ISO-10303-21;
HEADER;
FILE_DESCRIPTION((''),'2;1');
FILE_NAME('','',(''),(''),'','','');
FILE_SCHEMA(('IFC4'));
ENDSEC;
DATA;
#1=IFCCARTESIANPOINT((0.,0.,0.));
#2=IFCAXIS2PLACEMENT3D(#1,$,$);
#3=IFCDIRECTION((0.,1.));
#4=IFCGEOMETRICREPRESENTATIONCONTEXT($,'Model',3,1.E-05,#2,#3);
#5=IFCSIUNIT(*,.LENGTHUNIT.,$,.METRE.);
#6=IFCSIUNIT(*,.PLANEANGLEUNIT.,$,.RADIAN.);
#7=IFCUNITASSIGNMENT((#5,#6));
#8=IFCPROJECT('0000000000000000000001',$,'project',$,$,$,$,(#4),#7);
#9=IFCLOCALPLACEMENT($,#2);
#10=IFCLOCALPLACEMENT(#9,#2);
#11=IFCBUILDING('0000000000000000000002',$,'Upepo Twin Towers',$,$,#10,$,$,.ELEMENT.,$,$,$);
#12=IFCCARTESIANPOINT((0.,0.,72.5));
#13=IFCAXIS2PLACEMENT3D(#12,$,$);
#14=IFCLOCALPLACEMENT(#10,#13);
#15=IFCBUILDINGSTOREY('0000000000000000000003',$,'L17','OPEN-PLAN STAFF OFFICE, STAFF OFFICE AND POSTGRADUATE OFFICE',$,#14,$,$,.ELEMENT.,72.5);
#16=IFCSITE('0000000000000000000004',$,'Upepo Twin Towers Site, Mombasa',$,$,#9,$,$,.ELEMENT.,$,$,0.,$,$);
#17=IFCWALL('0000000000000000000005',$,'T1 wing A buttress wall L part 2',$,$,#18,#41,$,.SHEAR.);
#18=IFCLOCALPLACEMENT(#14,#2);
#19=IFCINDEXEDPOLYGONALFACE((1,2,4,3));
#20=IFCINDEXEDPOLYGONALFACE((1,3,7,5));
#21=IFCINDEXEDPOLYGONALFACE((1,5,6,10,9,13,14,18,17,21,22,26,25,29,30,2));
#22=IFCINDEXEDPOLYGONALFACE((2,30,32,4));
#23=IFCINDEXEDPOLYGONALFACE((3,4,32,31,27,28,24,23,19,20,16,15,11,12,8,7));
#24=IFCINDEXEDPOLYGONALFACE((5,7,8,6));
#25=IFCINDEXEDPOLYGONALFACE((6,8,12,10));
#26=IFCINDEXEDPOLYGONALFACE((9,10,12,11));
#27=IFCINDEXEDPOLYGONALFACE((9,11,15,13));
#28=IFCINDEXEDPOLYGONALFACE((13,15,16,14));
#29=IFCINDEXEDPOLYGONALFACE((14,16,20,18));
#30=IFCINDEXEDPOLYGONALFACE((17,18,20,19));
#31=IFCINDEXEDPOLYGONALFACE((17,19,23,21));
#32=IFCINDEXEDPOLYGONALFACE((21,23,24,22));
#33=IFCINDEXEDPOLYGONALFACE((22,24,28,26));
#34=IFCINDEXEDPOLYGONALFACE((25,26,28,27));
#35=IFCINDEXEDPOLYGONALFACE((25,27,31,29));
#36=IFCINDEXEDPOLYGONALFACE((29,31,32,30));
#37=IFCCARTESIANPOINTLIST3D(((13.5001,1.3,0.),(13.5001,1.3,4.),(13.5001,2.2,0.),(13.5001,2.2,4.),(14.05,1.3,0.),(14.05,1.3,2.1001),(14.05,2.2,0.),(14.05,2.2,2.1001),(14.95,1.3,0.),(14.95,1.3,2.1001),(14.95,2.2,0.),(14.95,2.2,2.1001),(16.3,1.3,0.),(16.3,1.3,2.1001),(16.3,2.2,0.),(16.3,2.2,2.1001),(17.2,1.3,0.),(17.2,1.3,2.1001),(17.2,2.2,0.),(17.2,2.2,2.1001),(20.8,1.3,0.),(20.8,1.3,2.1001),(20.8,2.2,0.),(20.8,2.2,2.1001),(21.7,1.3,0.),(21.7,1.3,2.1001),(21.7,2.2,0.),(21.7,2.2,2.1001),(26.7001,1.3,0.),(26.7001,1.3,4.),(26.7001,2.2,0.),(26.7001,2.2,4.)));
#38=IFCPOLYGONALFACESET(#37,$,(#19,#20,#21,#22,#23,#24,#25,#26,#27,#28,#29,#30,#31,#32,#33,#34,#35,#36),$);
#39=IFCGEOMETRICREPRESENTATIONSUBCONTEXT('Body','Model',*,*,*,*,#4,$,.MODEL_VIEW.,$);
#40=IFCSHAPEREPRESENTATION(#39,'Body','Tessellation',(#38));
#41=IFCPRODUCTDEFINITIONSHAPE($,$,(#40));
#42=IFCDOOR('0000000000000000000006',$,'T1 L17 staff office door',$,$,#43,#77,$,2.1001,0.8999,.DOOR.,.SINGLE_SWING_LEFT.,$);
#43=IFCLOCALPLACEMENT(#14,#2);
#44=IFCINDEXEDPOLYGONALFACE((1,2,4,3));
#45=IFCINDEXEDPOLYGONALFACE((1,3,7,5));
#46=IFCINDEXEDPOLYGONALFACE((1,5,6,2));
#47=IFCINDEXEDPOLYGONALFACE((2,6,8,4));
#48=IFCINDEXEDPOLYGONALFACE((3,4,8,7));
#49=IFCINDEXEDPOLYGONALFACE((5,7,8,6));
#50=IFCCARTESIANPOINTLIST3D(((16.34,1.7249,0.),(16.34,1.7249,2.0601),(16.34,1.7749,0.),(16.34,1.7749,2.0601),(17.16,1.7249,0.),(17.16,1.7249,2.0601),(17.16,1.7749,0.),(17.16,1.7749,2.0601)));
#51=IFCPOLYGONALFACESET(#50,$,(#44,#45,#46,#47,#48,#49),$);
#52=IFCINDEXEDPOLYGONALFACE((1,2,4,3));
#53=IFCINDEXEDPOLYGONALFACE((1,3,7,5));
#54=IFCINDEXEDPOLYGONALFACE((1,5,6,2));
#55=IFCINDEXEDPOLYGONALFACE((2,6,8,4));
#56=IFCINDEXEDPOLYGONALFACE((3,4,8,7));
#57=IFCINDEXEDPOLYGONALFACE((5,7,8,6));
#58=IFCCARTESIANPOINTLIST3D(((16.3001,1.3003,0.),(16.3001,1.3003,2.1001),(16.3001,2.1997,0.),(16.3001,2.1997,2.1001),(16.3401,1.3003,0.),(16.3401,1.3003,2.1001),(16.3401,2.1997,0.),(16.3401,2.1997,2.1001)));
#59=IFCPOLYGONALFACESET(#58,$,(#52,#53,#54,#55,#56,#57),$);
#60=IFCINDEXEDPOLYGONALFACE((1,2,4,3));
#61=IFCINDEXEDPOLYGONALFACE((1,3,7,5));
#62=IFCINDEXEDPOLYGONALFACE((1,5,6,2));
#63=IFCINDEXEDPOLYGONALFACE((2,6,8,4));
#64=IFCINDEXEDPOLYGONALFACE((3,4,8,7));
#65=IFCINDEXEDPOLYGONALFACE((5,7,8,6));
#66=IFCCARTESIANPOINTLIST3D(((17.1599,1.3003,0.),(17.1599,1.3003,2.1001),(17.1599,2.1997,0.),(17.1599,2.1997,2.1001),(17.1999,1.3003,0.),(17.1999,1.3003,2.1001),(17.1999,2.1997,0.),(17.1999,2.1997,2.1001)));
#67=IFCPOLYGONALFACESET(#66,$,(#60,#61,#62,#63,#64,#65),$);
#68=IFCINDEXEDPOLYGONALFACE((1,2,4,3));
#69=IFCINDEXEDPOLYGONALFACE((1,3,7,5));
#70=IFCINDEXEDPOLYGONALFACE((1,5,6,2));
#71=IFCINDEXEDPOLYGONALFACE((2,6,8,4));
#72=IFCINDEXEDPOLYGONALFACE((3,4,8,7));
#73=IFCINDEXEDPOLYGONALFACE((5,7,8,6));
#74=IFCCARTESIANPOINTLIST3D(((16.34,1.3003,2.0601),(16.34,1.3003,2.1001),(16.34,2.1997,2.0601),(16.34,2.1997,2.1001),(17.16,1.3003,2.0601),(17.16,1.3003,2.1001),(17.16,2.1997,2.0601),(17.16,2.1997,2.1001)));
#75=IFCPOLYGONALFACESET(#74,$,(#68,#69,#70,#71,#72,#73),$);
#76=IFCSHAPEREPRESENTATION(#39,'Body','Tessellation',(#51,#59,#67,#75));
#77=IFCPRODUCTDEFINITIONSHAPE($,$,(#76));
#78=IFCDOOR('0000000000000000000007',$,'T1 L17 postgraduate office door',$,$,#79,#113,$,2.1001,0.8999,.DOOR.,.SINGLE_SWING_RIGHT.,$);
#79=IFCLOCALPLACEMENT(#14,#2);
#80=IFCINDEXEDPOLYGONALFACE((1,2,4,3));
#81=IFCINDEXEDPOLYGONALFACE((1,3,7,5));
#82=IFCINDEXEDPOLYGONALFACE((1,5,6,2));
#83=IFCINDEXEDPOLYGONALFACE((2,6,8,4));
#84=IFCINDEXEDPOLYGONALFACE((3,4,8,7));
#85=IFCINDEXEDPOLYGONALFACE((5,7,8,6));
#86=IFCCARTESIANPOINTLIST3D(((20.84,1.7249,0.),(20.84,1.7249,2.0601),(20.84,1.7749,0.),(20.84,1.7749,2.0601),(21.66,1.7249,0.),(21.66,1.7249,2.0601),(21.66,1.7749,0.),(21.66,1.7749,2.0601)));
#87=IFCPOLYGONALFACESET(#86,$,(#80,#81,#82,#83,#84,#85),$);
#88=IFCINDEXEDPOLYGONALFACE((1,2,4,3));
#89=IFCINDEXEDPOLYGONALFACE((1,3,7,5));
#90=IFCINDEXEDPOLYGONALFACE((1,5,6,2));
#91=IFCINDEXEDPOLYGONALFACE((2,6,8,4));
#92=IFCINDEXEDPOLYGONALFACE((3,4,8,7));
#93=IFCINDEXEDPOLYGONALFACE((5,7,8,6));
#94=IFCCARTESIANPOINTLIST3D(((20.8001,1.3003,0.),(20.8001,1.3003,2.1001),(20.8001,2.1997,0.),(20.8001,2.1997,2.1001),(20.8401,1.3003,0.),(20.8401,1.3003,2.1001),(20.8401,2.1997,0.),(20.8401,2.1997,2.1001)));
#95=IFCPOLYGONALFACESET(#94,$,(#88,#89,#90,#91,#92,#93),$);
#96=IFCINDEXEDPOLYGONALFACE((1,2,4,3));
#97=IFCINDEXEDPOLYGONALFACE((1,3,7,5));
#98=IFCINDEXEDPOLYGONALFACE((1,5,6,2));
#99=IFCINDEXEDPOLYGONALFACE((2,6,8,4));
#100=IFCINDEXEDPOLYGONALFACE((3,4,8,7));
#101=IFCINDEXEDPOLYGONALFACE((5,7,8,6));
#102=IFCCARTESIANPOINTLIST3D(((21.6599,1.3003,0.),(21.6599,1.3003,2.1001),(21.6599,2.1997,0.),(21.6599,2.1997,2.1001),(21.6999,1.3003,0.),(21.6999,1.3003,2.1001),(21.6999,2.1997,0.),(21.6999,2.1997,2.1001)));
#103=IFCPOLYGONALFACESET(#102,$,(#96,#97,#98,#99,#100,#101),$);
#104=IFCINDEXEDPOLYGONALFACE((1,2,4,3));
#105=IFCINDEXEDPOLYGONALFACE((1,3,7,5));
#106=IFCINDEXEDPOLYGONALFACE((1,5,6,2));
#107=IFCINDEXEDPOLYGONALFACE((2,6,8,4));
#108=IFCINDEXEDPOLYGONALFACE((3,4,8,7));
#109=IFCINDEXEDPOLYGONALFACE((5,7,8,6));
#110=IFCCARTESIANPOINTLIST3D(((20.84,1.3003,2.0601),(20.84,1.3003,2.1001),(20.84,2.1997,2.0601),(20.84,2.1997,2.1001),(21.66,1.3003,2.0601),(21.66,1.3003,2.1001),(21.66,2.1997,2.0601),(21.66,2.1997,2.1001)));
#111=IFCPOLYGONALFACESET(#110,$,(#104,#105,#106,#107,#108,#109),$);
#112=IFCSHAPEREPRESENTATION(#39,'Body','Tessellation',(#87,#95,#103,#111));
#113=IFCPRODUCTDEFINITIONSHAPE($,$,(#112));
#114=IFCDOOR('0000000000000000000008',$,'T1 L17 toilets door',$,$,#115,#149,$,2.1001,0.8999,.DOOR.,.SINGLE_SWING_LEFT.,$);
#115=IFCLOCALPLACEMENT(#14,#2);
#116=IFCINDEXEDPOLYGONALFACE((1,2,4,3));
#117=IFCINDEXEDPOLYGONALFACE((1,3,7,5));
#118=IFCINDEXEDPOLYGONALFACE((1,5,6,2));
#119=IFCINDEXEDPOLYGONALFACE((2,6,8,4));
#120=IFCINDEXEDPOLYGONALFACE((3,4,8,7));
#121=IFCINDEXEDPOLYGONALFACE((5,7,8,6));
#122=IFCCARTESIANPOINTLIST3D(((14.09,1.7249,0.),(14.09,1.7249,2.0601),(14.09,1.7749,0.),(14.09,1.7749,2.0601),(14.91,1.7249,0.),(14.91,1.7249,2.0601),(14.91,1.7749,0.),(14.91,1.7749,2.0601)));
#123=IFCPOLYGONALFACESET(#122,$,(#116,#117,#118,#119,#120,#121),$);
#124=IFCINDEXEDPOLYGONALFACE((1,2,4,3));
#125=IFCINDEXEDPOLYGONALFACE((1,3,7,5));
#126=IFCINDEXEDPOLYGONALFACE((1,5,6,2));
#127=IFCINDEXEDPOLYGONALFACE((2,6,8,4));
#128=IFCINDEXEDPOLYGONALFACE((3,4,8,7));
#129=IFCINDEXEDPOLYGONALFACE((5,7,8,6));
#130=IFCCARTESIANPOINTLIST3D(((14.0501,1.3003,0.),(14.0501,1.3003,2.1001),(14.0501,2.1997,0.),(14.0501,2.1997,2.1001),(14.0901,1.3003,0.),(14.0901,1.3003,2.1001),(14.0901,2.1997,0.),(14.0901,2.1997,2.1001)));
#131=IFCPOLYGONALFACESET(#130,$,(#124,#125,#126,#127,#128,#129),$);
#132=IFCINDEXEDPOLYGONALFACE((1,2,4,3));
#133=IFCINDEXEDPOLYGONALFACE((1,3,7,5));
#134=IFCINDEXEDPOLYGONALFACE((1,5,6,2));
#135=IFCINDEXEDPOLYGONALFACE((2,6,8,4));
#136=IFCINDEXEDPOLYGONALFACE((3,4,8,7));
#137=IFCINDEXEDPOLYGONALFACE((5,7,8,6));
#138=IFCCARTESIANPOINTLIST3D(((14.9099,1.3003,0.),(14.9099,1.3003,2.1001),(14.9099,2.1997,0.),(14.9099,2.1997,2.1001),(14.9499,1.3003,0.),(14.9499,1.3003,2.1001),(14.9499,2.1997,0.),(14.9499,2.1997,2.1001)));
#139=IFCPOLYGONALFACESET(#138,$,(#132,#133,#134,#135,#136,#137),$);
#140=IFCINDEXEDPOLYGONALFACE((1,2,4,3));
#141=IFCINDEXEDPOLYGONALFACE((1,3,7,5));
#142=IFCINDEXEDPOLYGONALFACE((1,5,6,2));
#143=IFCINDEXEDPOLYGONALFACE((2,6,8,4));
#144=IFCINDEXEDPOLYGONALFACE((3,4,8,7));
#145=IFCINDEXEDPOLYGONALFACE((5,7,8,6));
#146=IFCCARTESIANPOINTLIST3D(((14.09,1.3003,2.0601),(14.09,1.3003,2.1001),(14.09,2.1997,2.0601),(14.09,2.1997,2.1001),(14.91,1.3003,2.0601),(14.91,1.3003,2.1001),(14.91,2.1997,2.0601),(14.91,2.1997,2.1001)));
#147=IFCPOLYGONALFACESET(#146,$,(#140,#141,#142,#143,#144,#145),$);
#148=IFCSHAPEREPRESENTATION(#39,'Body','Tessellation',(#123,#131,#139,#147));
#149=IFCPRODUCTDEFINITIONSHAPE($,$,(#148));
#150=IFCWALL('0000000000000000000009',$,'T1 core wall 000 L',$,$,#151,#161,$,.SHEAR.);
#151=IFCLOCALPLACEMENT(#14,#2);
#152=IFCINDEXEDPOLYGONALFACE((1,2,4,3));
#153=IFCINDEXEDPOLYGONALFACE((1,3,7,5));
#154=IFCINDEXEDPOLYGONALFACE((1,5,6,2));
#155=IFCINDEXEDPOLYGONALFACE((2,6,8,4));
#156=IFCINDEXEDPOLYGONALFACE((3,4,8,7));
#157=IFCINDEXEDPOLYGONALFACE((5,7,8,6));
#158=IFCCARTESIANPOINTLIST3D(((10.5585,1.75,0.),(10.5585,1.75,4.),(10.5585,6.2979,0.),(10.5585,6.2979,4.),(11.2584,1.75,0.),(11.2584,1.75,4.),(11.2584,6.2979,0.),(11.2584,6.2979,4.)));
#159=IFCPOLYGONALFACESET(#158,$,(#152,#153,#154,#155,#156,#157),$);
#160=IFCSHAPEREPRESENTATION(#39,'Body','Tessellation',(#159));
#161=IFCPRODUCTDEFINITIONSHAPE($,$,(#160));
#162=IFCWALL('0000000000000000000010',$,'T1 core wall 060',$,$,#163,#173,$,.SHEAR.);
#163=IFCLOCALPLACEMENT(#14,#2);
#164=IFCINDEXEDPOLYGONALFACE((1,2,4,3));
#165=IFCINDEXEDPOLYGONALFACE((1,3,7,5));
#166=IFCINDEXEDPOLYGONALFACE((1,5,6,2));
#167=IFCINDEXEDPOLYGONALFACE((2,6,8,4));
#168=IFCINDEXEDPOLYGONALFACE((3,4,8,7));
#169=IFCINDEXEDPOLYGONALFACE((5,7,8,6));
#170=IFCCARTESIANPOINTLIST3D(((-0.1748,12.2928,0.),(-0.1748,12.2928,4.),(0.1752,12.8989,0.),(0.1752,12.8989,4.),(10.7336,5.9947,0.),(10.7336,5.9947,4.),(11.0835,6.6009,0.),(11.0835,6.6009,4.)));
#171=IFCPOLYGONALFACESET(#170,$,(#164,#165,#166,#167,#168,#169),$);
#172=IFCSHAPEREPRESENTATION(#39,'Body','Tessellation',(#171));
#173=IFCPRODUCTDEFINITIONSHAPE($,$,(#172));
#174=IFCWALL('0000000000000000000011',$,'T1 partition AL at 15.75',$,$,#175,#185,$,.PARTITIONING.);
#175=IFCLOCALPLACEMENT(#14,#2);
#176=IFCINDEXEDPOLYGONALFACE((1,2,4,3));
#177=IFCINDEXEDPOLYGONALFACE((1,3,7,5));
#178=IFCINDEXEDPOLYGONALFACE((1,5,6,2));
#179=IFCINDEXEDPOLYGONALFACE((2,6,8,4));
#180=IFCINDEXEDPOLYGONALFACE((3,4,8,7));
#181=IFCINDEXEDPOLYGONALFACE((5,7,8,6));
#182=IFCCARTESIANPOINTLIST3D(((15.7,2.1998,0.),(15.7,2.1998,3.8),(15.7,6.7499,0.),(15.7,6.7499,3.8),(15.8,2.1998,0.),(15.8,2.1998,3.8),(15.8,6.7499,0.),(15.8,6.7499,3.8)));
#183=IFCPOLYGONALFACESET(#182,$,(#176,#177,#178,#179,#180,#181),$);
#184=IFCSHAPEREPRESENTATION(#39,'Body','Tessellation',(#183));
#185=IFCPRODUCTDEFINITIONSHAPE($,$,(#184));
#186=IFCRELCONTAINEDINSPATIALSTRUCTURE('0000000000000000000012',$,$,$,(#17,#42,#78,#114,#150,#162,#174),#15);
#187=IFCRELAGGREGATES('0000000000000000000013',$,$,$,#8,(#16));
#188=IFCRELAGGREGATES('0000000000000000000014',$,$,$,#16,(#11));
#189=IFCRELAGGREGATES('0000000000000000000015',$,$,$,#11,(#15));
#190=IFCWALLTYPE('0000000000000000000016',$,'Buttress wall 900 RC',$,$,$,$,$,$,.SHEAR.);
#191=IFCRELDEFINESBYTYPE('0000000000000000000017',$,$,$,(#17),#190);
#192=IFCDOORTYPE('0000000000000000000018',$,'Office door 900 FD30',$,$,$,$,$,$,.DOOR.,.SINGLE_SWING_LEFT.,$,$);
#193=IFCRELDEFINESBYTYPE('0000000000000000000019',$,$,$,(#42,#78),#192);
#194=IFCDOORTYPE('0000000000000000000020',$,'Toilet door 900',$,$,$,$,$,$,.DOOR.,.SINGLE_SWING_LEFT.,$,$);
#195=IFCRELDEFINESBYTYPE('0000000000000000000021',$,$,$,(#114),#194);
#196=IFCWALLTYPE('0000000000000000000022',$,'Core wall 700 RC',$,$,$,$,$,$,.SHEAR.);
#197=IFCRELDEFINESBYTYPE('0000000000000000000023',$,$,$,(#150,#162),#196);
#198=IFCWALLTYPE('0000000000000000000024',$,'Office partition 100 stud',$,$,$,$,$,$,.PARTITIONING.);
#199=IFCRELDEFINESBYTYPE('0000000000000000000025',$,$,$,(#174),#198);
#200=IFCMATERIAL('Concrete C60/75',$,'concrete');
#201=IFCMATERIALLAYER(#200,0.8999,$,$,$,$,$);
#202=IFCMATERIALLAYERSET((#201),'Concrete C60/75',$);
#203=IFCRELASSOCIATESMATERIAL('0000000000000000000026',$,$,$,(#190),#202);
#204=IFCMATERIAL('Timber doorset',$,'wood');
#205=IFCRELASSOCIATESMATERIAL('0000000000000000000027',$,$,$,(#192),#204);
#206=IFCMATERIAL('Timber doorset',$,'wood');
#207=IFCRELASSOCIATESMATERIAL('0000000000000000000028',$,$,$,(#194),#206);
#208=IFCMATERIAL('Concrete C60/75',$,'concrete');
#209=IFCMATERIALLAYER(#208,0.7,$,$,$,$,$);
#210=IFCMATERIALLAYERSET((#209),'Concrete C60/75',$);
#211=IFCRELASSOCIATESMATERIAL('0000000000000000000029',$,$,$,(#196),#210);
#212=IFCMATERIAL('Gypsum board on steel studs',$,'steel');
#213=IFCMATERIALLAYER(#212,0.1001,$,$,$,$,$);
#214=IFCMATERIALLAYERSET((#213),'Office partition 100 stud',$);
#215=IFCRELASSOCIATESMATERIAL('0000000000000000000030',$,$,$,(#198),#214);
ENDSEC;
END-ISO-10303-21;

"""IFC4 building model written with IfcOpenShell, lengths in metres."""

from ifc_helpers import new_model, si_unit, direction, frame, frame_2d, origin, place, context, subcontext, project, spatial, rectangle, extrude, material, layer, layer_set, type_object, element, fill, save


model = new_model("IFC4")

# Units and contexts
model_context = context("Model", 3, precision=1e-05, world=origin(), true_north=direction((0.0, 1.0)))
body_context = subcontext(model_context, "Body", "Model", "MODEL_VIEW")
ifc_project = project(units=[si_unit("LENGTHUNIT", "METRE"), si_unit("PLANEANGLEUNIT", "RADIAN")], contexts=[model_context])

# Site, building, storey
site_placement = place(None, origin())
site = spatial("IfcSite", under=ifc_project, at=site_placement, Name="Upepo Twin Towers Site, Mombasa", CompositionType="ELEMENT", RefElevation=0.0)
building_placement = place(site_placement, origin())
building = spatial("IfcBuilding", under=site, at=building_placement, Name="Upepo Twin Towers", CompositionType="ELEMENT")
storey_placement = place(building_placement, frame((0.0, 0.0, 72.5)))
storey = spatial("IfcBuildingStorey", under=building, at=storey_placement, Name="L17", Description="OPEN-PLAN STAFF OFFICE, STAFF OFFICE AND POSTGRADUATE OFFICE", CompositionType="ELEMENT", Elevation=72.5)

# Wall, openings, doors
ifc_material_1 = material(Name="Concrete C60/75", Category="concrete")
ifc_layer_1 = layer(ifc_material_1, 0.8999)
ifc_layer_set_1 = layer_set([ifc_layer_1], Name="Concrete C60/75")
wall_type_1 = type_object("IfcWallType", Name="Buttress wall 900 RC", PredefinedType="SHEAR", material=ifc_layer_set_1)
wall_1_placement = place(storey_placement, frame((13.5, 1.75, 0.0), z_axis=(0.0, 0.0, 1.0), x_axis=(1.0, 0.0, 0.0)))
wall_1 = element("IfcWall", 1, at=wall_1_placement, inside=storey, type_object=wall_type_1, Name="T1 wing A buttress wall L part 2", PredefinedType="SHEAR", context=body_context, shape_type="SweptSolid", body=[
    extrude(rectangle(XDim=13.2, YDim=0.8999, at=frame_2d((6.6001, 0.0))), origin(), (0.0, 0.0, 1.0), 4.0),
])
opening_1_placement = place(wall_1_placement, frame((0.55, 0.0, 0.0)))
opening_1 = element("IfcOpeningElement", 2, at=opening_1_placement, cuts=wall_1, PredefinedType="OPENING", context=body_context, shape_type="SweptSolid", body=[
    extrude(rectangle(XDim=0.8999, YDim=2.1001, at=frame_2d((0.45, 1.05))), frame((0.0, 0.46, 0.0), z_axis=(0.0, -1.0, 0.0), x_axis=(1.0, 0.0, 0.0)), (0.0, 0.0, 1.0), 0.9199),
])
opening_2_placement = place(wall_1_placement, frame((2.8, 0.0, 0.0)))
opening_2 = element("IfcOpeningElement", 3, at=opening_2_placement, cuts=wall_1, PredefinedType="OPENING", context=body_context, shape_type="SweptSolid", body=[
    extrude(rectangle(XDim=0.8999, YDim=2.1001, at=frame_2d((0.45, 1.05))), frame((0.0, 0.46, 0.0), z_axis=(0.0, -1.0, 0.0), x_axis=(1.0, 0.0, 0.0)), (0.0, 0.0, 1.0), 0.9199),
])
opening_3_placement = place(wall_1_placement, frame((7.3, 0.0, 0.0)))
opening_3 = element("IfcOpeningElement", 4, at=opening_3_placement, cuts=wall_1, PredefinedType="OPENING", context=body_context, shape_type="SweptSolid", body=[
    extrude(rectangle(XDim=0.8999, YDim=2.1001, at=frame_2d((0.45, 1.05))), frame((0.0, 0.46, 0.0), z_axis=(0.0, -1.0, 0.0), x_axis=(1.0, 0.0, 0.0)), (0.0, 0.0, 1.0), 0.9199),
])
ifc_material_2 = material(Name="Timber doorset", Category="wood")
door_type_1 = type_object("IfcDoorType", Name="Office door 900 FD30", OperationType="SINGLE_SWING_LEFT", PredefinedType="DOOR", material=ifc_material_2)
door_1_placement = place(opening_2_placement, origin())
door_1 = element("IfcDoor", 5, at=door_1_placement, inside=storey, type_object=door_type_1, Name="T1 L17 staff office door", OperationType="SINGLE_SWING_LEFT", OverallHeight=2.1001, OverallWidth=0.8999, PredefinedType="DOOR", context=body_context, shape_type="SweptSolid", body=[
    extrude(rectangle(XDim=0.8199, YDim=2.0601, at=frame_2d((0.45, 1.03))), frame((0.0, 0.0249, 0.0), z_axis=(0.0, -1.0, 0.0), x_axis=(1.0, 0.0, 0.0)), (0.0, 0.0, 1.0), 0.05),
    extrude(rectangle(XDim=0.04, YDim=2.1001, at=frame_2d((0.02, 1.05))), frame((0.0, 0.4497, 0.0), z_axis=(0.0, -1.0, 0.0), x_axis=(1.0, 0.0, 0.0)), (0.0, 0.0, 1.0), 0.8994),
    extrude(rectangle(XDim=0.04, YDim=2.1001, at=frame_2d((0.8799, 1.05))), frame((0.0, 0.4497, 0.0), z_axis=(0.0, -1.0, 0.0), x_axis=(1.0, 0.0, 0.0)), (0.0, 0.0, 1.0), 0.8994),
    extrude(rectangle(XDim=0.8199, YDim=0.04, at=frame_2d((0.45, 2.0801))), frame((0.0, 0.4497, 0.0), z_axis=(0.0, -1.0, 0.0), x_axis=(1.0, 0.0, 0.0)), (0.0, 0.0, 1.0), 0.8994),
])
fill(opening_2, door_1)
door_2_placement = place(opening_3_placement, origin())
door_2 = element("IfcDoor", 6, at=door_2_placement, inside=storey, type_object=door_type_1, Name="T1 L17 postgraduate office door", OperationType="SINGLE_SWING_RIGHT", OverallHeight=2.1001, OverallWidth=0.8999, PredefinedType="DOOR", context=body_context, shape_type="SweptSolid", body=[
    extrude(rectangle(XDim=0.8199, YDim=2.0601, at=frame_2d((0.45, 1.03))), frame((0.0, 0.0249, 0.0), z_axis=(0.0, -1.0, 0.0), x_axis=(1.0, 0.0, 0.0)), (0.0, 0.0, 1.0), 0.05),
    extrude(rectangle(XDim=0.04, YDim=2.1001, at=frame_2d((0.02, 1.05))), frame((0.0, 0.4497, 0.0), z_axis=(0.0, -1.0, 0.0), x_axis=(1.0, 0.0, 0.0)), (0.0, 0.0, 1.0), 0.8994),
    extrude(rectangle(XDim=0.04, YDim=2.1001, at=frame_2d((0.8799, 1.05))), frame((0.0, 0.4497, 0.0), z_axis=(0.0, -1.0, 0.0), x_axis=(1.0, 0.0, 0.0)), (0.0, 0.0, 1.0), 0.8994),
    extrude(rectangle(XDim=0.8199, YDim=0.04, at=frame_2d((0.45, 2.0801))), frame((0.0, 0.4497, 0.0), z_axis=(0.0, -1.0, 0.0), x_axis=(1.0, 0.0, 0.0)), (0.0, 0.0, 1.0), 0.8994),
])
fill(opening_3, door_2)
ifc_material_3 = material(Name="Timber doorset", Category="wood")
door_type_2 = type_object("IfcDoorType", Name="Toilet door 900", OperationType="SINGLE_SWING_LEFT", PredefinedType="DOOR", material=ifc_material_3)
door_3_placement = place(opening_1_placement, origin())
door_3 = element("IfcDoor", 7, at=door_3_placement, inside=storey, type_object=door_type_2, Name="T1 L17 toilets door", OperationType="SINGLE_SWING_LEFT", OverallHeight=2.1001, OverallWidth=0.8999, PredefinedType="DOOR", context=body_context, shape_type="SweptSolid", body=[
    extrude(rectangle(XDim=0.8199, YDim=2.0601, at=frame_2d((0.45, 1.03))), frame((0.0, 0.0249, 0.0), z_axis=(0.0, -1.0, 0.0), x_axis=(1.0, 0.0, 0.0)), (0.0, 0.0, 1.0), 0.05),
    extrude(rectangle(XDim=0.04, YDim=2.1001, at=frame_2d((0.02, 1.05))), frame((0.0, 0.4497, 0.0), z_axis=(0.0, -1.0, 0.0), x_axis=(1.0, 0.0, 0.0)), (0.0, 0.0, 1.0), 0.8994),
    extrude(rectangle(XDim=0.04, YDim=2.1001, at=frame_2d((0.8799, 1.05))), frame((0.0, 0.4497, 0.0), z_axis=(0.0, -1.0, 0.0), x_axis=(1.0, 0.0, 0.0)), (0.0, 0.0, 1.0), 0.8994),
    extrude(rectangle(XDim=0.8199, YDim=0.04, at=frame_2d((0.45, 2.0801))), frame((0.0, 0.4497, 0.0), z_axis=(0.0, -1.0, 0.0), x_axis=(1.0, 0.0, 0.0)), (0.0, 0.0, 1.0), 0.8994),
])
fill(opening_1, door_3)

# Walls
ifc_material_4 = material(Name="Concrete C60/75", Category="concrete")
ifc_layer_2 = layer(ifc_material_4, 0.7)
ifc_layer_set_2 = layer_set([ifc_layer_2], Name="Concrete C60/75")
wall_type_2 = type_object("IfcWallType", Name="Core wall 700 RC", PredefinedType="SHEAR", material=ifc_layer_set_2)
wall_2_placement = place(storey_placement, frame((10.9084, 1.75, 0.0), z_axis=(0.0, 0.0, 1.0), x_axis=(0.0, 1.0, 0.0)))
element("IfcWall", 8, at=wall_2_placement, inside=storey, type_object=wall_type_2, Name="T1 core wall 000 L", PredefinedType="SHEAR", context=body_context, shape_type="SweptSolid", body=[
    extrude(rectangle(XDim=4.5479, YDim=0.7, at=frame_2d((2.2739, 0.0))), origin(), (0.0, 0.0, 1.0), 4.0),
])
wall_3_placement = place(storey_placement, frame((10.9084, 6.2979, 0.0), z_axis=(0.0, 0.0, 1.0), x_axis=(-0.866022, 0.500006, 0.0)))
element("IfcWall", 9, at=wall_3_placement, inside=storey, type_object=wall_type_2, Name="T1 core wall 060", PredefinedType="SHEAR", context=body_context, shape_type="SweptSolid", body=[
    extrude(rectangle(XDim=12.5959, YDim=0.7, at=frame_2d((6.2979, 0.0))), origin(), (0.0, 0.0, 1.0), 4.0),
])
ifc_material_5 = material(Name="Gypsum board on steel studs", Category="steel")
ifc_layer_3 = layer(ifc_material_5, 0.1001)
ifc_layer_set_3 = layer_set([ifc_layer_3], Name="Office partition 100 stud")
wall_type_3 = type_object("IfcWallType", Name="Office partition 100 stud", PredefinedType="PARTITIONING", material=ifc_layer_set_3)
wall_4_placement = place(storey_placement, frame((15.75, 2.2, 0.0), z_axis=(0.0, 0.0, 1.0), x_axis=(0.0, 1.0, 0.0)))
element("IfcWall", 10, at=wall_4_placement, inside=storey, type_object=wall_type_3, Name="T1 partition AL at 15.75", PredefinedType="PARTITIONING", context=body_context, shape_type="SweptSolid", body=[
    extrude(rectangle(XDim=4.55, YDim=0.1001, at=frame_2d((2.2749, 0.0))), origin(), (0.0, 0.0, 1.0), 3.8),
])

save(model, "model.ifc")
